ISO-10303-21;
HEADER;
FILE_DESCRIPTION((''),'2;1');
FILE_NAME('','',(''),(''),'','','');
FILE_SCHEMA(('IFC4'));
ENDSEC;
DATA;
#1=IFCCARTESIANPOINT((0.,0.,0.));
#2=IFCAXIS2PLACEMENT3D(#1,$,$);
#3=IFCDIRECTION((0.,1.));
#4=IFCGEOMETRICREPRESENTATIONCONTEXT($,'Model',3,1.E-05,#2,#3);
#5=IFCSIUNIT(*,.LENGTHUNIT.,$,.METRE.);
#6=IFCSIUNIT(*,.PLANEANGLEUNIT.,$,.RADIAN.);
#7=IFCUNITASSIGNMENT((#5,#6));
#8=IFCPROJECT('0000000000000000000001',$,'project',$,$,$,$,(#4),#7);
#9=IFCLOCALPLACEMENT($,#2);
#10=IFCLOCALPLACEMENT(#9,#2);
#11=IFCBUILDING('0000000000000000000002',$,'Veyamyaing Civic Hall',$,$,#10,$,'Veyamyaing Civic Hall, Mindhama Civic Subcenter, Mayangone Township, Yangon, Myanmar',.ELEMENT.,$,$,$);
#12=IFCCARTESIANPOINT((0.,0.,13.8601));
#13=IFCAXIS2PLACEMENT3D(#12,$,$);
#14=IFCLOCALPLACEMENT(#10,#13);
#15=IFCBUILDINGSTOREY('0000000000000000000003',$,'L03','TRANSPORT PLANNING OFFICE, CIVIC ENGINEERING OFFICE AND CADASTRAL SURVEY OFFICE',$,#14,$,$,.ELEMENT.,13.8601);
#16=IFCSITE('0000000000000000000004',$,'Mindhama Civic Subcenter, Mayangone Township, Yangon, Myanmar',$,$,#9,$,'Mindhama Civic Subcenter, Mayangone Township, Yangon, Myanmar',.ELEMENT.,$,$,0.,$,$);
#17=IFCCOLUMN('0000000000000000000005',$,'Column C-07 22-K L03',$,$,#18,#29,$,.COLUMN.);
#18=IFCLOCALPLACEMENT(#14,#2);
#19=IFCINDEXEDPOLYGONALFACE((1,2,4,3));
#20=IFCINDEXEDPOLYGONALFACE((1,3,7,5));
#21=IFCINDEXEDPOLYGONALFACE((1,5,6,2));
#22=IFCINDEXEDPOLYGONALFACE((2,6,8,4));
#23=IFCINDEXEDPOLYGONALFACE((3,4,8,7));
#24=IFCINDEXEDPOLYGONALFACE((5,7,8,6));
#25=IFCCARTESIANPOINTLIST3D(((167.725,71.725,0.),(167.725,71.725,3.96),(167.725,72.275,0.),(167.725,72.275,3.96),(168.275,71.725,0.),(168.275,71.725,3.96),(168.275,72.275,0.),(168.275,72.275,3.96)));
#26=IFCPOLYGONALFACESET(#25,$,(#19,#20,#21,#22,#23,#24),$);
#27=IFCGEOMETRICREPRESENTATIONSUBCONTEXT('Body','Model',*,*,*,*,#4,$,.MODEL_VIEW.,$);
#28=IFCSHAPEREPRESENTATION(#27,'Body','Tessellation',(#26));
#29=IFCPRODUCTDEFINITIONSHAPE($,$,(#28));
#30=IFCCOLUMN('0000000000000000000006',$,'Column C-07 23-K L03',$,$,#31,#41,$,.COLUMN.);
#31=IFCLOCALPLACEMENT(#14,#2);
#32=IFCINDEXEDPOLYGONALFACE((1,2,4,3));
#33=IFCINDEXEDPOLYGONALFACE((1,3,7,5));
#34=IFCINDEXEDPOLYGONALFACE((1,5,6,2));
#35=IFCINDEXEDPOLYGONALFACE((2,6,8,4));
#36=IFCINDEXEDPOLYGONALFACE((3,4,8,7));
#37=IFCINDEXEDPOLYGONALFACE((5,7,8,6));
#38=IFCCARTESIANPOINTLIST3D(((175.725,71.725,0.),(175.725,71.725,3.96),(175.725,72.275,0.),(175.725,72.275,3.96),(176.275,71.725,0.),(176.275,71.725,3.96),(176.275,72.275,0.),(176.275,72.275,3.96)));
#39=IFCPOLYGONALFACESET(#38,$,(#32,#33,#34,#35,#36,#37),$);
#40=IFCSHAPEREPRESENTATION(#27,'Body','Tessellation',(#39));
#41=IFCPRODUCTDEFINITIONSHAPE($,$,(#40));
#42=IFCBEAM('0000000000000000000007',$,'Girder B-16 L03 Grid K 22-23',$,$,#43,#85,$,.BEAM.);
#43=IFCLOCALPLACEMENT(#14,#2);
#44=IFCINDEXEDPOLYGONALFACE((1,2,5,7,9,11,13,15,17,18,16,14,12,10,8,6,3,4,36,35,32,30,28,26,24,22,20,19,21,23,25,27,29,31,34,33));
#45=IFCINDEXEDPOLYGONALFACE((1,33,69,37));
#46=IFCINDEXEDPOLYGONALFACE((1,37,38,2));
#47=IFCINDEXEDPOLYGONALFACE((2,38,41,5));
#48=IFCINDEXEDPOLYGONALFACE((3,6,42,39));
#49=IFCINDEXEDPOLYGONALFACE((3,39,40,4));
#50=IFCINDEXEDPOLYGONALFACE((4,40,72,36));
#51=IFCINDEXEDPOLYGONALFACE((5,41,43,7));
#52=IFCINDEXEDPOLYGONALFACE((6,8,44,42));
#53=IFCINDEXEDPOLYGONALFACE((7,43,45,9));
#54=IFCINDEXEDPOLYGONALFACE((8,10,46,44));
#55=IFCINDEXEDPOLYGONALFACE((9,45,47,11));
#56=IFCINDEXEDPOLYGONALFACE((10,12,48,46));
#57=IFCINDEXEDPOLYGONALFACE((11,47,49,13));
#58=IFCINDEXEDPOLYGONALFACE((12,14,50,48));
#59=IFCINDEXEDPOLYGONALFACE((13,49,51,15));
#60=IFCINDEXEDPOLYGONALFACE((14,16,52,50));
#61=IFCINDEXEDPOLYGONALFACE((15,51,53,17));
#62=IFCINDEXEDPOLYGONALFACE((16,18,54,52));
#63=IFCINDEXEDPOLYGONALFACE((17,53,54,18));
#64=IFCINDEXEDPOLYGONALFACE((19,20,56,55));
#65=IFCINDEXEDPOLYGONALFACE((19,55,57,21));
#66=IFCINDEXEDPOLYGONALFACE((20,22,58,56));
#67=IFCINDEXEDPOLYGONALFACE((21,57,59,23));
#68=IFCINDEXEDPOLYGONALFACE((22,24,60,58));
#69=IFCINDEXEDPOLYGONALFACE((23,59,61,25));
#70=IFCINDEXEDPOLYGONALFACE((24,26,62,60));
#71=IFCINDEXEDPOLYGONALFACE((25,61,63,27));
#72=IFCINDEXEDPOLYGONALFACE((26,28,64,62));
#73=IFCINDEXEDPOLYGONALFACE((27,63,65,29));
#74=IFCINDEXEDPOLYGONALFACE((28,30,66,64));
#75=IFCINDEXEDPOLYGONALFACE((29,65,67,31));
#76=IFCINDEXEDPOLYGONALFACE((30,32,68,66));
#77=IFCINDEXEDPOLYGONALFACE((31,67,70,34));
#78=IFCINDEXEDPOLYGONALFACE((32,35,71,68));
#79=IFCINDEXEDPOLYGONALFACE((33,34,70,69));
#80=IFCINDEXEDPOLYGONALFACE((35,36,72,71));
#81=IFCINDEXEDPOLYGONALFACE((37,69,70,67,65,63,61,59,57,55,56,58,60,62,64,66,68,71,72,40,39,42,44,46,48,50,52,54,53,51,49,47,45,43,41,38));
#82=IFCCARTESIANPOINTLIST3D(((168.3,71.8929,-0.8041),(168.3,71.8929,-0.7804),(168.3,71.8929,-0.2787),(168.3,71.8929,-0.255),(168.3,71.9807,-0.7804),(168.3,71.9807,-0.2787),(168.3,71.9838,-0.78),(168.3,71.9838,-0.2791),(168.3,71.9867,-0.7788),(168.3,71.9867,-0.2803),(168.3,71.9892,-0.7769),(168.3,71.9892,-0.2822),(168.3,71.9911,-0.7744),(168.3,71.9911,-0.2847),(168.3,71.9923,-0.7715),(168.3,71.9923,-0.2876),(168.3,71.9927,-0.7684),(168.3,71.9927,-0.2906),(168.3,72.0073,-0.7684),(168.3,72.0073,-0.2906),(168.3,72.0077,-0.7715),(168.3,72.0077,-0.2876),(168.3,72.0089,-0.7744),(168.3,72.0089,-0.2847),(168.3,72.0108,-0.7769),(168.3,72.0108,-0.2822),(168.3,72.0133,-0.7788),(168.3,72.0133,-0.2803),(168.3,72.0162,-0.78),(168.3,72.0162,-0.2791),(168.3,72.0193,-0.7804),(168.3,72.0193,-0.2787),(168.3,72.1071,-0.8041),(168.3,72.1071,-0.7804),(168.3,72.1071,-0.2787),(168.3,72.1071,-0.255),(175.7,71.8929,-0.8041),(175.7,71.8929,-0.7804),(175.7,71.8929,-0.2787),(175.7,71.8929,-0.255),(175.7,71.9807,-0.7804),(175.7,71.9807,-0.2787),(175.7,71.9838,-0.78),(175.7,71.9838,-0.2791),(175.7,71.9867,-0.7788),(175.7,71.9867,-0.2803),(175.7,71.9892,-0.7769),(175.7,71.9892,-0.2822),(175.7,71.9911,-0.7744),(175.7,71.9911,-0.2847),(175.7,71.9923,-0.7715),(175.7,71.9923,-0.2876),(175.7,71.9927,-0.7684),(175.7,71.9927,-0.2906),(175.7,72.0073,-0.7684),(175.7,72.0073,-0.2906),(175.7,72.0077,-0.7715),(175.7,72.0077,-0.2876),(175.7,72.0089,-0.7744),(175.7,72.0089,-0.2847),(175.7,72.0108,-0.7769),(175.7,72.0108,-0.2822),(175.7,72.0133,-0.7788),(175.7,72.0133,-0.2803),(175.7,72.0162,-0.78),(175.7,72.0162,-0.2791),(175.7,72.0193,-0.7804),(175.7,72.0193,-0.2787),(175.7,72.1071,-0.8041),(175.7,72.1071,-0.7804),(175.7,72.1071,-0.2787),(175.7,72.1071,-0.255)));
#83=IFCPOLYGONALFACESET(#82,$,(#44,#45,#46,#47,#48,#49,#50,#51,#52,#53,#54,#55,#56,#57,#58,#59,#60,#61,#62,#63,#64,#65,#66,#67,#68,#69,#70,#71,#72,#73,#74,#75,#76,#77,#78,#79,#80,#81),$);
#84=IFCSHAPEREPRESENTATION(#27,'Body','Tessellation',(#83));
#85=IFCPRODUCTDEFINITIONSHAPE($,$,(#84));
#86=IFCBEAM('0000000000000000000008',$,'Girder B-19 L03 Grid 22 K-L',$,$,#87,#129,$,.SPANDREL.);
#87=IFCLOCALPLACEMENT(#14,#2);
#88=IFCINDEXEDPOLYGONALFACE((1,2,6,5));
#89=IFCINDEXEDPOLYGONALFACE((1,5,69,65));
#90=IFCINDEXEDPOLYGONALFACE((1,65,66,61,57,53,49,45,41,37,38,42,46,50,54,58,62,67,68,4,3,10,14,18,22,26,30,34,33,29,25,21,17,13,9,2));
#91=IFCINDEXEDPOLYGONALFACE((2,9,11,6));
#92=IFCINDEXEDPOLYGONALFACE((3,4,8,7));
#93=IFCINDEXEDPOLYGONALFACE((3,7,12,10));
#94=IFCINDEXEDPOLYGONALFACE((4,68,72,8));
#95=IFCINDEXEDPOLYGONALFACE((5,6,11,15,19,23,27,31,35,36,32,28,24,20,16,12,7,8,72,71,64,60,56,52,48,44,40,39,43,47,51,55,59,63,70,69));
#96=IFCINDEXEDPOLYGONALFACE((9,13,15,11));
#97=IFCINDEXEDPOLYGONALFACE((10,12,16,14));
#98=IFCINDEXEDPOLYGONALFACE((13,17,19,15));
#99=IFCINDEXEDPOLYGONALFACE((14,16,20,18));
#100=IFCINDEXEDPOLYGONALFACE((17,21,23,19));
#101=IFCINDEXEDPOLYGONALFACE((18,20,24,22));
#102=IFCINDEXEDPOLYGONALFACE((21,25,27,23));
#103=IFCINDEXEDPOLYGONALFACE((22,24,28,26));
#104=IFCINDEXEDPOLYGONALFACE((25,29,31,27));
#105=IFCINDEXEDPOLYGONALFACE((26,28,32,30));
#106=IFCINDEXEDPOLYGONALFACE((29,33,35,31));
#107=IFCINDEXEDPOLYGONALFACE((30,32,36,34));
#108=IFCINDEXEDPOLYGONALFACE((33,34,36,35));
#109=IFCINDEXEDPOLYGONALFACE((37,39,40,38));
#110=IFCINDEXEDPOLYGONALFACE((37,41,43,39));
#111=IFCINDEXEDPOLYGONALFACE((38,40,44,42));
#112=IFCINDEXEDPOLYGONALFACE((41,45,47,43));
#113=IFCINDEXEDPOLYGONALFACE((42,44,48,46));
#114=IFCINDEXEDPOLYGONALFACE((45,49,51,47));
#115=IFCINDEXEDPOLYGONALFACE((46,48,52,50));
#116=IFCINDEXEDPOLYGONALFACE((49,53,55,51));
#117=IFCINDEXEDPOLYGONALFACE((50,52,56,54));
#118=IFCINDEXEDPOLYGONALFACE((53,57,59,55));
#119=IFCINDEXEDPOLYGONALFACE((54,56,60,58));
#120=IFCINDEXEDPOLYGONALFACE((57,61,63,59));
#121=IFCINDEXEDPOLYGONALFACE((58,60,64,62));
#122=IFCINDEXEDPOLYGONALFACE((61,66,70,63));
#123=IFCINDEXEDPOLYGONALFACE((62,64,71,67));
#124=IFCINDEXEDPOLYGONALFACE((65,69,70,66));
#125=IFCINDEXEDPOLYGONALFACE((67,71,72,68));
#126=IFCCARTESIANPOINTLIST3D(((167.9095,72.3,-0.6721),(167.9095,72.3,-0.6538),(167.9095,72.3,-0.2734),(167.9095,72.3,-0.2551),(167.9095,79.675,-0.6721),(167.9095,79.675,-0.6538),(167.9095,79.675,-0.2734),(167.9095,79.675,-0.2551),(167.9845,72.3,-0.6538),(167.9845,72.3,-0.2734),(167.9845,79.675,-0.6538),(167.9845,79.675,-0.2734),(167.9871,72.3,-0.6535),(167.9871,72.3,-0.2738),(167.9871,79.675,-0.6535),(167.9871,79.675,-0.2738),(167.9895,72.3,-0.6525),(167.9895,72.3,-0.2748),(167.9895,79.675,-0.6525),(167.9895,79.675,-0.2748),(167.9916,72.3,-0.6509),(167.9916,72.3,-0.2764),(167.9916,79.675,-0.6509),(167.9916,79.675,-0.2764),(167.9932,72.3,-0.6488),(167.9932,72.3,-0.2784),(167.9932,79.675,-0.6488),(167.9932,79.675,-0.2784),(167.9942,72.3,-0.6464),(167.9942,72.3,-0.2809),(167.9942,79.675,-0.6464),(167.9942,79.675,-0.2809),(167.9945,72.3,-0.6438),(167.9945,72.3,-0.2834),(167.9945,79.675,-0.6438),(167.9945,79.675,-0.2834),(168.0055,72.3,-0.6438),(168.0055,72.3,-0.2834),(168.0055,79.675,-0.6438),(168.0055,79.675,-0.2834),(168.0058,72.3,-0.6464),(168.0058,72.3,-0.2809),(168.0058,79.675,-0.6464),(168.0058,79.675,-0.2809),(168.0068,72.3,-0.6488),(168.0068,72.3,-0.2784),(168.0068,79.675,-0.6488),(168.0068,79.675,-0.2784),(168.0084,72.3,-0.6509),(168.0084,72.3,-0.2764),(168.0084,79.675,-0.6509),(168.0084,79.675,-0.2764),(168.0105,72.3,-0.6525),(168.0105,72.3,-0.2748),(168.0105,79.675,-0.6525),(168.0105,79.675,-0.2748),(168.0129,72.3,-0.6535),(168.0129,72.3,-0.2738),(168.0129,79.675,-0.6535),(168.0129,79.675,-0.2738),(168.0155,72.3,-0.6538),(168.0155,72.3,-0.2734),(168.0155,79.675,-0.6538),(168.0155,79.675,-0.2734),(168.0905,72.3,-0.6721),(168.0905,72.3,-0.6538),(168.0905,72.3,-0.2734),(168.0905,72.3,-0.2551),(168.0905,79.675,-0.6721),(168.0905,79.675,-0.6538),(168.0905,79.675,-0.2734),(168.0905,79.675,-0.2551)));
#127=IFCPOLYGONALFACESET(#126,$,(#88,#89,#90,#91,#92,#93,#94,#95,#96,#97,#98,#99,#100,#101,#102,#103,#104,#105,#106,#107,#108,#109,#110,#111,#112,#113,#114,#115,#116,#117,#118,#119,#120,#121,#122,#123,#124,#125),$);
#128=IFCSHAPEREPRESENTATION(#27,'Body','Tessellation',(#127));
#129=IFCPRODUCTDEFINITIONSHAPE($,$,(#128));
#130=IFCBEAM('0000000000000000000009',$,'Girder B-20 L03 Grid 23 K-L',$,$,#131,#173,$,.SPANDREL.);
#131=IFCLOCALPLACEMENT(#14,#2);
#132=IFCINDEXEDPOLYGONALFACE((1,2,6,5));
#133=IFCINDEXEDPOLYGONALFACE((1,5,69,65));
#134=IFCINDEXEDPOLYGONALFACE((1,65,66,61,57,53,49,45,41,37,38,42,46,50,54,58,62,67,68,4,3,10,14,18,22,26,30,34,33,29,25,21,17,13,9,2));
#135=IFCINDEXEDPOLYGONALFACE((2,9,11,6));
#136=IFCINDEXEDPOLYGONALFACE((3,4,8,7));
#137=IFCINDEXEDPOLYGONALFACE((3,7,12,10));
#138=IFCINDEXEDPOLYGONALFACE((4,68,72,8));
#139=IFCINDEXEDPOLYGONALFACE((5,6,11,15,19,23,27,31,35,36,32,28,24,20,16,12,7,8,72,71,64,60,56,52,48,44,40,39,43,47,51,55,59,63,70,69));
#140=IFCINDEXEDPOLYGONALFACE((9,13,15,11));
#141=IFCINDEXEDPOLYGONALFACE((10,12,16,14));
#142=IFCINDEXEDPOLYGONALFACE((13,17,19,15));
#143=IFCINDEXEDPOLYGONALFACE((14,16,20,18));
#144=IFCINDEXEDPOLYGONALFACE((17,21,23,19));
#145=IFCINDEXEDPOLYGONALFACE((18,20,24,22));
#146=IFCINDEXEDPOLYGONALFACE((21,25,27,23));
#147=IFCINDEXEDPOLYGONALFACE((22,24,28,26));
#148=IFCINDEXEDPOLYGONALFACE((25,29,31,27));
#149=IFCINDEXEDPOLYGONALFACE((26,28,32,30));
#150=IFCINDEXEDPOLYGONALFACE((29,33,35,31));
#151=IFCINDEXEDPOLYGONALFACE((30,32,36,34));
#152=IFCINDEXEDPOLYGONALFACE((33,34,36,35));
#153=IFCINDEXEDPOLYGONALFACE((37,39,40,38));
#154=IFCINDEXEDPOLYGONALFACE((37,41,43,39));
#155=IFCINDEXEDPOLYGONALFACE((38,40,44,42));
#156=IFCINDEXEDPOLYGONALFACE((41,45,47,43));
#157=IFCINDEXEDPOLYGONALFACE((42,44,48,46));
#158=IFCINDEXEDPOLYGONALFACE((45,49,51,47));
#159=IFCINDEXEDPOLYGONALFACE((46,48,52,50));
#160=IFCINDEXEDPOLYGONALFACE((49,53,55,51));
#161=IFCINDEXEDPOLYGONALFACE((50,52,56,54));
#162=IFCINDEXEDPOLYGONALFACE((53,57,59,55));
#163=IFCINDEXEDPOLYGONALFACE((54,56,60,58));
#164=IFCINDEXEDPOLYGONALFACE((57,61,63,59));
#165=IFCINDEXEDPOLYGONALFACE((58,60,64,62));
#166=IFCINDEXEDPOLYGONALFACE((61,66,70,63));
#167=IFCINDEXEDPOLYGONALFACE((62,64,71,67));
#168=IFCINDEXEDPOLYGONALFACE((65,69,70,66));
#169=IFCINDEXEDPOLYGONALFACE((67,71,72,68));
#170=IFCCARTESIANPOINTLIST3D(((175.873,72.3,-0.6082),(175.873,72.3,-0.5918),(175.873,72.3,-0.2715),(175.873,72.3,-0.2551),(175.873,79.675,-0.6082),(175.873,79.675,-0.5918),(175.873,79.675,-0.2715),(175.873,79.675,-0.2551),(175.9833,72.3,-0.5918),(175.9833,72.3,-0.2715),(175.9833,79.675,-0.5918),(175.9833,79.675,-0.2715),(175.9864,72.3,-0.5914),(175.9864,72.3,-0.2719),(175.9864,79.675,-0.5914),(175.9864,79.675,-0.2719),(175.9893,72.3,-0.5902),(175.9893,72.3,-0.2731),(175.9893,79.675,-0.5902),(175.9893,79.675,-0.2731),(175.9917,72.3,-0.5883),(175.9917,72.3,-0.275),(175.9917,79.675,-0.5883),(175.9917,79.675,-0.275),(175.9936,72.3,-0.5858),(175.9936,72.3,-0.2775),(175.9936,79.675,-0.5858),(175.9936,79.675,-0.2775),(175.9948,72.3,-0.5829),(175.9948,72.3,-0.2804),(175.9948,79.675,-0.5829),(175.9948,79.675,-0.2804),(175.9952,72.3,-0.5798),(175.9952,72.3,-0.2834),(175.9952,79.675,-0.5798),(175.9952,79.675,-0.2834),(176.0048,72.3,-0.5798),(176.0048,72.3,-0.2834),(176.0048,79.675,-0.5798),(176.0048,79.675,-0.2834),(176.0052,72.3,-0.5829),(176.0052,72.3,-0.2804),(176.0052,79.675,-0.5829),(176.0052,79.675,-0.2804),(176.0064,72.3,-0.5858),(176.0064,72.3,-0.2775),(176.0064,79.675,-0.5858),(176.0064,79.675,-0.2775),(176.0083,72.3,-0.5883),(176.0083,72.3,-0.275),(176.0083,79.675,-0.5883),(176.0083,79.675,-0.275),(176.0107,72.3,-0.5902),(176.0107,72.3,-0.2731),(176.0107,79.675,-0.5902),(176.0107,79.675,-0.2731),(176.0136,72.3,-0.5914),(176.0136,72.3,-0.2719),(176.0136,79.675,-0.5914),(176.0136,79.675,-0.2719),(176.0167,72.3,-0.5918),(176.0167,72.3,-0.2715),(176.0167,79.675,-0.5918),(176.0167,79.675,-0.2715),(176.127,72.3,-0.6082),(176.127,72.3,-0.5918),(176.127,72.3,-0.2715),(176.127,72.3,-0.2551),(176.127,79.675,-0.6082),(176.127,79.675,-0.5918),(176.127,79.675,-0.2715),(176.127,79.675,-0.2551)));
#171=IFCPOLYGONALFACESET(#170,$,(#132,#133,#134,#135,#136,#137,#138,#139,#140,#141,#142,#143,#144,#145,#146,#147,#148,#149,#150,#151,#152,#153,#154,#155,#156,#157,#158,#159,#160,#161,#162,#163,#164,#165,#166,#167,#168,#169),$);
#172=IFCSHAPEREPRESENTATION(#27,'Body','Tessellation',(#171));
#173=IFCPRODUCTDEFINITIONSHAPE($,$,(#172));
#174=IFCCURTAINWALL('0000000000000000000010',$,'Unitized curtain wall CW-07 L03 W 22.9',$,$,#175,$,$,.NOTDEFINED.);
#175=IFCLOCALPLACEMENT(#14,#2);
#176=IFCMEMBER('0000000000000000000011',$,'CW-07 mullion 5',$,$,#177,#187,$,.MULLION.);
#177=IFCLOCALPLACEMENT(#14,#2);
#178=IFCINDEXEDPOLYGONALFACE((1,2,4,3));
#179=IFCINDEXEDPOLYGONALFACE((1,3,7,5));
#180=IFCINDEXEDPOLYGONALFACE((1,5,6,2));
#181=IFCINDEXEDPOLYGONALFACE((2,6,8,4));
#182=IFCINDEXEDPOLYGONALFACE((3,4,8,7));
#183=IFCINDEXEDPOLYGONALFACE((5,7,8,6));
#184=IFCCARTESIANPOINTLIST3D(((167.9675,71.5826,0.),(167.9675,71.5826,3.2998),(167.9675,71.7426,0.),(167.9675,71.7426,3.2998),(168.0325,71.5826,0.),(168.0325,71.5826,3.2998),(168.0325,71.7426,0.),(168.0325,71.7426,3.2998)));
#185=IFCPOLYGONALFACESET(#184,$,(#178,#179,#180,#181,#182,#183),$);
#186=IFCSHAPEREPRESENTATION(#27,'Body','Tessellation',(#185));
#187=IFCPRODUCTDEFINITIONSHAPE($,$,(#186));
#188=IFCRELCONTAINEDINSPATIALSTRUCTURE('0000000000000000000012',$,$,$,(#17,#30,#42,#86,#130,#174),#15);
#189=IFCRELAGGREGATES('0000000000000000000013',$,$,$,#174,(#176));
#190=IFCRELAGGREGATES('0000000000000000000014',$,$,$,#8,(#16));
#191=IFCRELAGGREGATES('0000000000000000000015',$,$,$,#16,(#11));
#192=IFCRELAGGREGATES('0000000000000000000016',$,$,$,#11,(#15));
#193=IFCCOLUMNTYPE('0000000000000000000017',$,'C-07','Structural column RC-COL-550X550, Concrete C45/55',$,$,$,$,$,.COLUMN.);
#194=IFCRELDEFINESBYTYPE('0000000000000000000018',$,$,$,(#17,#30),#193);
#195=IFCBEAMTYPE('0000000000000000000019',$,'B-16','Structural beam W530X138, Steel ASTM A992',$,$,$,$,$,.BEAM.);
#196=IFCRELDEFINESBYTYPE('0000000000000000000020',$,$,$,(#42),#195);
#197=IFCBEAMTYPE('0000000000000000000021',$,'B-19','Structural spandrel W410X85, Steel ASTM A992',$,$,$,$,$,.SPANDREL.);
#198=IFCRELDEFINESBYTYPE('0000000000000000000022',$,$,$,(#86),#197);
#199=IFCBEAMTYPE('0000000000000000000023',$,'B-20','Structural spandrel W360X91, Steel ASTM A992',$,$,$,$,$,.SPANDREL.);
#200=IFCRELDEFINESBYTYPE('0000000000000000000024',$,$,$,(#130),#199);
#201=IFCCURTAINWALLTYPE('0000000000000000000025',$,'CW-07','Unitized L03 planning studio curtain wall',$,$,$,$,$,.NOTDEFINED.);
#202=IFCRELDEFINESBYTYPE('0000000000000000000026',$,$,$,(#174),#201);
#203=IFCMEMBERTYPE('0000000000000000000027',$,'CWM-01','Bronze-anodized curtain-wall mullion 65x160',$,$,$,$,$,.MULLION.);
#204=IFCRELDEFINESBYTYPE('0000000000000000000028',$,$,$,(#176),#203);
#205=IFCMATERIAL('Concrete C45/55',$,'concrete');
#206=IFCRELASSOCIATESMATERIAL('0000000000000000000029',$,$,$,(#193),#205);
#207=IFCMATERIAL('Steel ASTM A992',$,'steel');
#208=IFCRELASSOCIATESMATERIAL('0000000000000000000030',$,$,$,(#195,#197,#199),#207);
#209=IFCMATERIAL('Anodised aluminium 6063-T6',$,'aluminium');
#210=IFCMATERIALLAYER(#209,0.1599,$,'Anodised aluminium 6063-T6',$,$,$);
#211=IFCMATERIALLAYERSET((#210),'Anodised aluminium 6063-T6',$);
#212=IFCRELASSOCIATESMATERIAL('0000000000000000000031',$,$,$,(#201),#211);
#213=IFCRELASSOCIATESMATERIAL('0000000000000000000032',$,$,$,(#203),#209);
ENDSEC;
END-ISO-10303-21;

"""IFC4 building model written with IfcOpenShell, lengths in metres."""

from ifc_helpers import new_model, si_unit, direction, frame, origin, origin_2d, place, context, subcontext, project, spatial, rectangle, i_section, extrude, material, layer, layer_set, material_profile, profile_set, type_object, element, aggregate, save


model = new_model("IFC4")

# Units and contexts
model_context = context("Model", 3, precision=1e-05, world=origin(), true_north=direction((0.0, 1.0)))
body_context = subcontext(model_context, "Body", "Model", "MODEL_VIEW")
ifc_project = project(units=[si_unit("LENGTHUNIT", "METRE"), si_unit("PLANEANGLEUNIT", "RADIAN")], contexts=[model_context])

# Site, building, storey
site_placement = place(None, origin())
site = spatial("IfcSite", under=ifc_project, at=site_placement, Name="Mindhama Civic Subcenter, Mayangone Township, Yangon, Myanmar", LongName="Mindhama Civic Subcenter, Mayangone Township, Yangon, Myanmar", CompositionType="ELEMENT", RefElevation=0.0)
building_placement = place(site_placement, origin())
building = spatial("IfcBuilding", under=site, at=building_placement, Name="Veyamyaing Civic Hall", LongName="Veyamyaing Civic Hall, Mindhama Civic Subcenter, Mayangone Township, Yangon, Myanmar", CompositionType="ELEMENT")
storey_placement = place(building_placement, frame((0.0, 0.0, 13.8601)))
storey = spatial("IfcBuildingStorey", under=building, at=storey_placement, Name="L03", Description="TRANSPORT PLANNING OFFICE, CIVIC ENGINEERING OFFICE AND CADASTRAL SURVEY OFFICE", CompositionType="ELEMENT", Elevation=13.8601)

# Columns
ifc_material_1 = material(Name="Concrete C45/55", Category="concrete")
ifc_material_profile_1 = material_profile(ifc_material_1, rectangle(XDim=0.55, YDim=0.55, at=origin_2d()), Name="RC-COL-550X550")
ifc_profile_set_1 = profile_set([ifc_material_profile_1], Name="Concrete C45/55")
column_type = type_object("IfcColumnType", Name="C-07", Description="Structural column RC-COL-550X550, Concrete C45/55", PredefinedType="COLUMN", material=ifc_profile_set_1)
for number, where, z_axis, x_axis, name in (
    (1, (168.0, 72.0, 0.0), (0.0, 0.0, 1.0), (1.0, 0.0, 0.0), "Column C-07 22-K L03"),
    (2, (176.0, 72.0, 0.0), (0.0, 0.0, 1.0), (1.0, 0.0, 0.0), "Column C-07 23-K L03"),
):
    element("IfcColumn", number, at=place(storey_placement, frame(where, z_axis=z_axis, x_axis=x_axis)), inside=storey, type_object=column_type, Name=name, PredefinedType="COLUMN", context=body_context, shape_type="SweptSolid", body=[
        extrude(rectangle(XDim=0.55, YDim=0.55, at=origin_2d()), origin(), (0.0, 0.0, 1.0), 3.96),
    ])

# Beams
ifc_material_2 = material(Name="Steel ASTM A992", Category="steel")
ifc_material_profile_2 = material_profile(ifc_material_2, i_section(OverallWidth=0.2141, OverallDepth=0.5491, WebThickness=0.0146, FlangeThickness=0.0237, FilletRadius=0.012, at=origin_2d()), Name="W530X138")
ifc_profile_set_2 = profile_set([ifc_material_profile_2], Name="Steel ASTM A992")
beam_type_1 = type_object("IfcBeamType", Name="B-16", Description="Structural beam W530X138, Steel ASTM A992", PredefinedType="BEAM", material=ifc_profile_set_2)
beam_1_placement = place(storey_placement, frame((168.3, 72.0, -0.5295), z_axis=(1.0, 0.0, 0.0), x_axis=(0.0, 1.0, 0.0)))
element("IfcBeam", 3, at=beam_1_placement, inside=storey, type_object=beam_type_1, Name="Girder B-16 L03 Grid K 22-23", PredefinedType="BEAM", context=body_context, shape_type="SweptSolid", body=[
    extrude(i_section(OverallWidth=0.2141, OverallDepth=0.5491, WebThickness=0.0146, FlangeThickness=0.0237, FilletRadius=0.012, at=origin_2d()), origin(), (0.0, 0.0, 1.0), 7.3999),
])
ifc_material_profile_3 = material_profile(ifc_material_2, i_section(OverallWidth=0.1809, OverallDepth=0.417, WebThickness=0.011, FlangeThickness=0.0183, FilletRadius=0.01, at=origin_2d()), Name="W410X85")
ifc_profile_set_3 = profile_set([ifc_material_profile_3], Name="Steel ASTM A992")
beam_type_2 = type_object("IfcBeamType", Name="B-19", Description="Structural spandrel W410X85, Steel ASTM A992", PredefinedType="SPANDREL", material=ifc_profile_set_3)
beam_2_placement = place(storey_placement, frame((168.0, 72.3, -0.4636), z_axis=(0.0, 1.0, 0.0), x_axis=(-1.0, 0.0, 0.0)))
element("IfcBeam", 4, at=beam_2_placement, inside=storey, type_object=beam_type_2, Name="Girder B-19 L03 Grid 22 K-L", PredefinedType="SPANDREL", context=body_context, shape_type="SweptSolid", body=[
    extrude(i_section(OverallWidth=0.1809, OverallDepth=0.417, WebThickness=0.011, FlangeThickness=0.0183, FilletRadius=0.01, at=origin_2d()), origin(), (0.0, 0.0, 1.0), 7.375),
])
ifc_material_profile_4 = material_profile(ifc_material_2, i_section(OverallWidth=0.2539, OverallDepth=0.353, WebThickness=0.0095, FlangeThickness=0.0164, FilletRadius=0.012, at=origin_2d()), Name="W360X91")
ifc_profile_set_4 = profile_set([ifc_material_profile_4], Name="Steel ASTM A992")
beam_type_3 = type_object("IfcBeamType", Name="B-20", Description="Structural spandrel W360X91, Steel ASTM A992", PredefinedType="SPANDREL", material=ifc_profile_set_4)
beam_3_placement = place(storey_placement, frame((176.0, 72.3, -0.4316), z_axis=(0.0, 1.0, 0.0), x_axis=(-1.0, 0.0, 0.0)))
element("IfcBeam", 5, at=beam_3_placement, inside=storey, type_object=beam_type_3, Name="Girder B-20 L03 Grid 23 K-L", PredefinedType="SPANDREL", context=body_context, shape_type="SweptSolid", body=[
    extrude(i_section(OverallWidth=0.2539, OverallDepth=0.353, WebThickness=0.0095, FlangeThickness=0.0164, FilletRadius=0.012, at=origin_2d()), origin(), (0.0, 0.0, 1.0), 7.375),
])

# Curtain wall, member
ifc_material_3 = material(Name="Anodised aluminium 6063-T6", Category="aluminium")
ifc_layer_1 = layer(ifc_material_3, 0.1599, Name="Anodised aluminium 6063-T6")
ifc_layer_set_1 = layer_set([ifc_layer_1], Name="Anodised aluminium 6063-T6")
curtain_wall_type = type_object("IfcCurtainWallType", Name="CW-07", Description="Unitized L03 planning studio curtain wall", PredefinedType="NOTDEFINED", material=ifc_layer_set_1)
curtain_wall_1_placement = place(storey_placement, origin())
curtain_wall_1 = element("IfcCurtainWall", 6, at=curtain_wall_1_placement, inside=storey, type_object=curtain_wall_type, Name="Unitized curtain wall CW-07 L03 W 22.9", PredefinedType="NOTDEFINED")
ifc_material_profile_5 = material_profile(ifc_material_3, rectangle(XDim=0.0649, YDim=0.1599, at=origin_2d()), Name="ALU-MUL-65X160")
ifc_profile_set_5 = profile_set([ifc_material_profile_5], Name="Anodised aluminium 6063-T6")
member_type_1 = type_object("IfcMemberType", Name="CWM-01", Description="Bronze-anodized curtain-wall mullion 65x160", PredefinedType="MULLION", material=ifc_profile_set_5)
member_1_placement = place(storey_placement, frame((168.0, 71.6626, 0.0), z_axis=(0.0, 0.0, 1.0), x_axis=(-1.0, 0.0, 0.0)))
member_1 = element("IfcMember", 7, at=member_1_placement, type_object=member_type_1, Name="CW-07 mullion 5", PredefinedType="MULLION", context=body_context, shape_type="SweptSolid", body=[
    extrude(rectangle(XDim=0.0649, YDim=0.1599, at=origin_2d()), origin(), (0.0, 0.0, 1.0), 3.2998),
])

aggregate(curtain_wall_1, [member_1])

save(model, "model.ifc")
